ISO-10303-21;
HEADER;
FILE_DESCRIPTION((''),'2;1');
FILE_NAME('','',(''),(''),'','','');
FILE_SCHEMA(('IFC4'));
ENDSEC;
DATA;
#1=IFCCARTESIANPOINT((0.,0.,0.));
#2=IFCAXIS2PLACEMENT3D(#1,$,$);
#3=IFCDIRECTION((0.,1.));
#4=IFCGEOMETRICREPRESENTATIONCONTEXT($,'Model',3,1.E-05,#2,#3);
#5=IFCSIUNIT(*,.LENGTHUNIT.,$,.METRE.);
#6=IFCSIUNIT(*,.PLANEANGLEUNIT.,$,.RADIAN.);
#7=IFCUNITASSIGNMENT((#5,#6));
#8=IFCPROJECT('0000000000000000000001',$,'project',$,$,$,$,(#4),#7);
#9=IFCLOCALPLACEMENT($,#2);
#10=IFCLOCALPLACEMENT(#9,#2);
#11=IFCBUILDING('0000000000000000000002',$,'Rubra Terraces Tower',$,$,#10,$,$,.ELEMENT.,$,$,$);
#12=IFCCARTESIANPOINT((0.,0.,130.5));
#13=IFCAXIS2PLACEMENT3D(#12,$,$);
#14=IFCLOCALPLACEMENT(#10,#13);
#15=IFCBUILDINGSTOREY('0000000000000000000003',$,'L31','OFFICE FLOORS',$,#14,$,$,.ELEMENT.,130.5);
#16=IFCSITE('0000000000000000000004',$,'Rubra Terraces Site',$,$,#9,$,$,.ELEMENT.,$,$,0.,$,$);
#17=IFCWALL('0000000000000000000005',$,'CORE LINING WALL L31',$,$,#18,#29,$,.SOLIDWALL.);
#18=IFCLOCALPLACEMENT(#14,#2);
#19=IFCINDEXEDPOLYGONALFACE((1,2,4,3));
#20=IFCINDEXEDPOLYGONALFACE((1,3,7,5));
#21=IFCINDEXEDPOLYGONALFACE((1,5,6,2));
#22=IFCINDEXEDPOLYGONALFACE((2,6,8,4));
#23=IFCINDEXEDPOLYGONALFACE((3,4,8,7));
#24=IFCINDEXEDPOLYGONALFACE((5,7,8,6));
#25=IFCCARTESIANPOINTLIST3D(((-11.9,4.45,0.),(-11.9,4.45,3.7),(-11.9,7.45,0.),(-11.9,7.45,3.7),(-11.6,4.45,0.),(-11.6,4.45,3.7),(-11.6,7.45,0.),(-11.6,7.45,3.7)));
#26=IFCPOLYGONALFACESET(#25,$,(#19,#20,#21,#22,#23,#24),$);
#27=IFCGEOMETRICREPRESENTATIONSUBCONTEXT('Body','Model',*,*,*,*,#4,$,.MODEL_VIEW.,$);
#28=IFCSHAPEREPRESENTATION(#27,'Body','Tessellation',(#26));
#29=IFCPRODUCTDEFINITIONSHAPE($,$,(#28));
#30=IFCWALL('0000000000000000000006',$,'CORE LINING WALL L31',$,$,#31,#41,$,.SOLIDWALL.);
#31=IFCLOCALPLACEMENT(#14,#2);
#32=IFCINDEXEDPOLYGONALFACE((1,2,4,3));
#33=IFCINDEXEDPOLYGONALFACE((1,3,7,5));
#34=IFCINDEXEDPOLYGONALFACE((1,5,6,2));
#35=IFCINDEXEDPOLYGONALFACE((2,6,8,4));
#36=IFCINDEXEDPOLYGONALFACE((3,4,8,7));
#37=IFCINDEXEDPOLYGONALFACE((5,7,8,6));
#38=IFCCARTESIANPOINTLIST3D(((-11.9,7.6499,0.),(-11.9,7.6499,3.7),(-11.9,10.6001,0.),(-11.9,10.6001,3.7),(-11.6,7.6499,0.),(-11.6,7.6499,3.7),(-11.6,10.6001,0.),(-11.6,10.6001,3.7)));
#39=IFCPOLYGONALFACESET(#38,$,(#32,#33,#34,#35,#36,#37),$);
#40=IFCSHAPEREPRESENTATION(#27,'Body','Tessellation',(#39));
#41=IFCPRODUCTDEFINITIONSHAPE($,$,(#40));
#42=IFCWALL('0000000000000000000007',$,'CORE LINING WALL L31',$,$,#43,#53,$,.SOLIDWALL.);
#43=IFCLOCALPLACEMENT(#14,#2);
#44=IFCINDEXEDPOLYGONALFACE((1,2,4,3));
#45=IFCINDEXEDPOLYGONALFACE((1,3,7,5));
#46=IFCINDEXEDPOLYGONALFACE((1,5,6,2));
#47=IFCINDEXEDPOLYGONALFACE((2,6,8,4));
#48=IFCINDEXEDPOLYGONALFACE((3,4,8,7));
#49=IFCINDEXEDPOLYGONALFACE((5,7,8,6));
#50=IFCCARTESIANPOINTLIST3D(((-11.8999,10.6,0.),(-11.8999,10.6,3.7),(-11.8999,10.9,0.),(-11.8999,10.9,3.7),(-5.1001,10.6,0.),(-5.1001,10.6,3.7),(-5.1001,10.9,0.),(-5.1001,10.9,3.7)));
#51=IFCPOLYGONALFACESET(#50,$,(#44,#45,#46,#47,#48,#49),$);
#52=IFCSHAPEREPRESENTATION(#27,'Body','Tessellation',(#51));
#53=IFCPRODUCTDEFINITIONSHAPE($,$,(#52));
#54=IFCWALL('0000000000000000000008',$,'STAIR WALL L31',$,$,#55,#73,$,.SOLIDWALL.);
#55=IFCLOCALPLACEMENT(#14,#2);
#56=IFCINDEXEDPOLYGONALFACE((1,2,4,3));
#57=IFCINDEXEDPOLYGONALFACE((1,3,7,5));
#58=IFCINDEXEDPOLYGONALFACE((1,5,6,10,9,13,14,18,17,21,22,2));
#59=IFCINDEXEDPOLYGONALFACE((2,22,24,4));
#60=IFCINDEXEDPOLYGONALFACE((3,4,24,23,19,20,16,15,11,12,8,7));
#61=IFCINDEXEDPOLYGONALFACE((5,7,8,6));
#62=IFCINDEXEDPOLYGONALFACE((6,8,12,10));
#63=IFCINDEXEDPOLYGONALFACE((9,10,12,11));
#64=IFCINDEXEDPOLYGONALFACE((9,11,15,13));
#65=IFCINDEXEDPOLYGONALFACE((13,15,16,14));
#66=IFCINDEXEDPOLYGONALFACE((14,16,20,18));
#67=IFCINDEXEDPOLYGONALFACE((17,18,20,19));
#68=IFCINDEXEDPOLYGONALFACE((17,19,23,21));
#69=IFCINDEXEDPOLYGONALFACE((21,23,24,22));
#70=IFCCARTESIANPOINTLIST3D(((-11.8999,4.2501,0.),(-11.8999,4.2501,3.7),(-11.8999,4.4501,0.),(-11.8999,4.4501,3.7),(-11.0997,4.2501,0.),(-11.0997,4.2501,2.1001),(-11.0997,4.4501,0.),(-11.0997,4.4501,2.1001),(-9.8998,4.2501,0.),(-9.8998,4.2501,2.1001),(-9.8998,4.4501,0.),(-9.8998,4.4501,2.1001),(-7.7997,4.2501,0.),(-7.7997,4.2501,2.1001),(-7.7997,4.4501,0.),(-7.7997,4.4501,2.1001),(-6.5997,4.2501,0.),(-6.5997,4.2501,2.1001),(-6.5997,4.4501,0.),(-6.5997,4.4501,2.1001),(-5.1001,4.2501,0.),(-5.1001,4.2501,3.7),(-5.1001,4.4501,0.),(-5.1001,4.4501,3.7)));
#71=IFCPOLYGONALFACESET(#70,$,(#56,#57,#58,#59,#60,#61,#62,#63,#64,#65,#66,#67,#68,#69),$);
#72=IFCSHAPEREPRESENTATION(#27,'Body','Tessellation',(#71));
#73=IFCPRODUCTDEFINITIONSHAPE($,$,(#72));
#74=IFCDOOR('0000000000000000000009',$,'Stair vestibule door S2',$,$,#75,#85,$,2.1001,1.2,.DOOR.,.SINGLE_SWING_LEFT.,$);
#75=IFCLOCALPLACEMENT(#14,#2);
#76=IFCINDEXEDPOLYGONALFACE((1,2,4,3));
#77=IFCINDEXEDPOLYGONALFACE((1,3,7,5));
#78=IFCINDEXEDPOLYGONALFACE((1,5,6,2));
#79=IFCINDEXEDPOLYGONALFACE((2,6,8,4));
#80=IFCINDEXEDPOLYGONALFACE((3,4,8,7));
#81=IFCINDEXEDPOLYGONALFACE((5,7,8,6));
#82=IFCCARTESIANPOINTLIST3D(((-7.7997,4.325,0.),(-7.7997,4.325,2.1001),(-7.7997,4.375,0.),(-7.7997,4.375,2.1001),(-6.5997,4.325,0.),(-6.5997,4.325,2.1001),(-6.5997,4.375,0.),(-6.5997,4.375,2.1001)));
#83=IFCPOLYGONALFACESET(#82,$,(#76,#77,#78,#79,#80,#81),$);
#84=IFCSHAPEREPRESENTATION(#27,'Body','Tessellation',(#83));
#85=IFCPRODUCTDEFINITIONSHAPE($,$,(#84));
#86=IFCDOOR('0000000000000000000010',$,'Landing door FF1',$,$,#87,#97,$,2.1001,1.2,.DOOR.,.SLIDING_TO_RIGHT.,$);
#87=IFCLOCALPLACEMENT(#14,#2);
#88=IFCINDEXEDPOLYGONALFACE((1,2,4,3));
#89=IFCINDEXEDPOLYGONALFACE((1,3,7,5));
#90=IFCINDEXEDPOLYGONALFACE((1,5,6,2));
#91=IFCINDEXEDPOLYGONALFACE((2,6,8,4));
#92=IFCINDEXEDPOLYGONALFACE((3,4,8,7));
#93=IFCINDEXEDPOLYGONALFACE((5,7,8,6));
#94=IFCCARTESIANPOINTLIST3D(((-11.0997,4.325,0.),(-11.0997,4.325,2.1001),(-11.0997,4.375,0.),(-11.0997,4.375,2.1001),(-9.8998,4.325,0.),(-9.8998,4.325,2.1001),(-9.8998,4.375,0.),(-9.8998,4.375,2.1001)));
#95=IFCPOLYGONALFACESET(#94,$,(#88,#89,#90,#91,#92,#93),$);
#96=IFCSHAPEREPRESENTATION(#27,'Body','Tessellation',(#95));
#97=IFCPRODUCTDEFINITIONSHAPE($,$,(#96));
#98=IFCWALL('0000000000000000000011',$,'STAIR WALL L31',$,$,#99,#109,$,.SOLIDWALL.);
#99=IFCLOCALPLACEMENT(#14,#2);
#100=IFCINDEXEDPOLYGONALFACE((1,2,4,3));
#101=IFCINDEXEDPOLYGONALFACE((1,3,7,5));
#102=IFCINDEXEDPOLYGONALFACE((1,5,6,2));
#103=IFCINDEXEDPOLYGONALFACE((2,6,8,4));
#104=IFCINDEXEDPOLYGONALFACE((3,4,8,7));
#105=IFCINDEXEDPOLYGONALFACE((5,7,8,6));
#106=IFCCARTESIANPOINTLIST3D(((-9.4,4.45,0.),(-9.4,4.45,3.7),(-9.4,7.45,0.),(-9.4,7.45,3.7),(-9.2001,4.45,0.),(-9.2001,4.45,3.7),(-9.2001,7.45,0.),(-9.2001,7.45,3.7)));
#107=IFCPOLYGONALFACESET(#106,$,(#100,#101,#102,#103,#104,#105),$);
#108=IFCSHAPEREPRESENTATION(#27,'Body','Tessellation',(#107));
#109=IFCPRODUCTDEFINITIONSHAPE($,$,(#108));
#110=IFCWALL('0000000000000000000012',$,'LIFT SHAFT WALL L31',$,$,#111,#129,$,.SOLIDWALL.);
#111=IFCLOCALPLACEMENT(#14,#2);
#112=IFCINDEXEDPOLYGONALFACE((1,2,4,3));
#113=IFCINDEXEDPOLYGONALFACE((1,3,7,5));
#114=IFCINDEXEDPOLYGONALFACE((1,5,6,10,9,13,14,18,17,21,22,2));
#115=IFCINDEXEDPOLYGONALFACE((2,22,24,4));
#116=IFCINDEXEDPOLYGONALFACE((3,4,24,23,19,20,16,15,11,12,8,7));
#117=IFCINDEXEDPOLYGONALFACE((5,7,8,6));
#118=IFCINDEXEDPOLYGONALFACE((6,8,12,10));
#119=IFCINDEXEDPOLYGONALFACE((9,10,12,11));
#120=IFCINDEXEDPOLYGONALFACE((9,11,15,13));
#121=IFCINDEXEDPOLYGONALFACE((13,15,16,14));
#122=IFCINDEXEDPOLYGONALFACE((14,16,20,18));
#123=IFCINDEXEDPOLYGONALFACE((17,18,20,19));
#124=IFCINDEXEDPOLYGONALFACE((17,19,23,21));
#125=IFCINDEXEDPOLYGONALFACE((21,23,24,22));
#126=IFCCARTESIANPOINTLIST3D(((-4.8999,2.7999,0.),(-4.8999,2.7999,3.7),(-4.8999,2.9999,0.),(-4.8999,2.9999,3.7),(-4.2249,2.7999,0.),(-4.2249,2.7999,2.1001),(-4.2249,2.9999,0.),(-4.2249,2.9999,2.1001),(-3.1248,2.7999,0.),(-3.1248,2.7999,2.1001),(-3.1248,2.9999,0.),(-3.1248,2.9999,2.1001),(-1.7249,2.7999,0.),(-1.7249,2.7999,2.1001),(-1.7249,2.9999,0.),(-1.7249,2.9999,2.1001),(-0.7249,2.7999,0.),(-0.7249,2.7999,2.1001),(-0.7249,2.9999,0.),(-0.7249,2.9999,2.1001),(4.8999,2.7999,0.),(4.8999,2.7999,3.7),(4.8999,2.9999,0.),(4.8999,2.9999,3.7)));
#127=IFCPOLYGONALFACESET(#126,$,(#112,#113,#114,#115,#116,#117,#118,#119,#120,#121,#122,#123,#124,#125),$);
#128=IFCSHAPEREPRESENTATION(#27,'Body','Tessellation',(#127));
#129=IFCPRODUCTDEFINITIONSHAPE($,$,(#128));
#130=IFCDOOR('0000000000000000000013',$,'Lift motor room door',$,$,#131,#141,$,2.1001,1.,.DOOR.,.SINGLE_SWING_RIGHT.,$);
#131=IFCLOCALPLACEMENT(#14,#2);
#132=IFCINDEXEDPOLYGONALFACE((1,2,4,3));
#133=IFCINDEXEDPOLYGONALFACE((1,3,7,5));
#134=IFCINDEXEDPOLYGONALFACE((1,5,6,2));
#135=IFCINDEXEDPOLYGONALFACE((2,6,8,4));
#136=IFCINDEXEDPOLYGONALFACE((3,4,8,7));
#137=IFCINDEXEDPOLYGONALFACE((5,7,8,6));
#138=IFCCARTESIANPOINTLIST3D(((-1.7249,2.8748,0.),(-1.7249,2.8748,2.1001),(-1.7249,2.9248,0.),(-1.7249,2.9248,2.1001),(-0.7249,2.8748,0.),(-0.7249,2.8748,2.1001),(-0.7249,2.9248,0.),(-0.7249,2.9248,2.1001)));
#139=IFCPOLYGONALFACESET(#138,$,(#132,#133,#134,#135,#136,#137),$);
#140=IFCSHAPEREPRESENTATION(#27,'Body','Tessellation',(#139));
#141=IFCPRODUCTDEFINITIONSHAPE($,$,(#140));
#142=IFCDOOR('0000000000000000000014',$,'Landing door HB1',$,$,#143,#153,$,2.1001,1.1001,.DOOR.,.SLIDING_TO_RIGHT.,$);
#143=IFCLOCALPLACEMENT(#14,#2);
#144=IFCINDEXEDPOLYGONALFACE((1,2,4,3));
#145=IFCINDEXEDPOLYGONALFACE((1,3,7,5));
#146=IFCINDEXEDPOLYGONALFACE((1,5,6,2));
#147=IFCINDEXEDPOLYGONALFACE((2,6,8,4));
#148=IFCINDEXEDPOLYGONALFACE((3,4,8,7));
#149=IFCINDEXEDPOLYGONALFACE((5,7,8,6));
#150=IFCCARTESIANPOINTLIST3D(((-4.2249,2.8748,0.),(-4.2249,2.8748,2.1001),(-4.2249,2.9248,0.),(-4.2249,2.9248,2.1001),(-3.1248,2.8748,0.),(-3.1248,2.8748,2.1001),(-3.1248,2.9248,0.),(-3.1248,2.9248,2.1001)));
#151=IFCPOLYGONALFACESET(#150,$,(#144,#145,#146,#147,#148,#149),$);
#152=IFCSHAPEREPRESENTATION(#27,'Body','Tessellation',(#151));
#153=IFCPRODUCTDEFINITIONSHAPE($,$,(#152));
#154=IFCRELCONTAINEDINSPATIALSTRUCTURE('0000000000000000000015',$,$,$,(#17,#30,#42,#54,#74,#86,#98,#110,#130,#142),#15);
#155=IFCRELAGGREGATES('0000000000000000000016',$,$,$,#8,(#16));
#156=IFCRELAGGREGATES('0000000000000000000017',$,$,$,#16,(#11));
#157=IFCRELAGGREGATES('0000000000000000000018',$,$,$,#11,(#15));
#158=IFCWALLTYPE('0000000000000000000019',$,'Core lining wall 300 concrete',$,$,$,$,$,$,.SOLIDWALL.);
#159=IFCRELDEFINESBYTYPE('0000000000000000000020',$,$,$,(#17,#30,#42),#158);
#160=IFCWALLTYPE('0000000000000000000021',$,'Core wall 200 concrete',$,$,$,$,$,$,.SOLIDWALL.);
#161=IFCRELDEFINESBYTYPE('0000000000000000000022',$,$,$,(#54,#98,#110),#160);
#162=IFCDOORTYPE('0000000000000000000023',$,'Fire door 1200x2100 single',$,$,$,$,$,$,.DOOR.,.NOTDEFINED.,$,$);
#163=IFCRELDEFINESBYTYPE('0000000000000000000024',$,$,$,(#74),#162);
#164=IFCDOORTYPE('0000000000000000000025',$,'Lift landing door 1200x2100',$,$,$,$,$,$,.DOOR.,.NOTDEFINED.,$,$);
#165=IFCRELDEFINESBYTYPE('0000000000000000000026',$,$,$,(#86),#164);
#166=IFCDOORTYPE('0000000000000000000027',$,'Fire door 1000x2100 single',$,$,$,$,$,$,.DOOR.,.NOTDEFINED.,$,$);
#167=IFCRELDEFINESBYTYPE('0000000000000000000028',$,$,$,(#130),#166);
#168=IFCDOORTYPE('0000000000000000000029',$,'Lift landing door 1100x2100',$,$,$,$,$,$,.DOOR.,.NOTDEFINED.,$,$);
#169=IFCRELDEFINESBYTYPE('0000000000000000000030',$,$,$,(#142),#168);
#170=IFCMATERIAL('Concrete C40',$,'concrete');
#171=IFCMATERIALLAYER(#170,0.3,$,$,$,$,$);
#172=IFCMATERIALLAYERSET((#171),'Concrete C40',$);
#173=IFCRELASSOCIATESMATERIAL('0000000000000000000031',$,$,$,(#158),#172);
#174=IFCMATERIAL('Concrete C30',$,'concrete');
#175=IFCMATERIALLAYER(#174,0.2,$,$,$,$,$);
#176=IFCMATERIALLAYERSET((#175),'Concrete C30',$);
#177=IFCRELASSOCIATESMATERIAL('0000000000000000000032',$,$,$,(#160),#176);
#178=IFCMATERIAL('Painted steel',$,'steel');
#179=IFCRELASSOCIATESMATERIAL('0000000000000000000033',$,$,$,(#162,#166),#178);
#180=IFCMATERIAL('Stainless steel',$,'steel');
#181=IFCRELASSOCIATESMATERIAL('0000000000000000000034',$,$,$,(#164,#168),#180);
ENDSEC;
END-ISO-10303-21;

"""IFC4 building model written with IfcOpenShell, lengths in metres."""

from ifc_helpers import new_model, si_unit, direction, frame, frame_2d, origin, place, context, subcontext, project, spatial, rectangle, extrude, material, layer, layer_set, type_object, element, fill, save


model = new_model("IFC4")

# Units and contexts
model_context = context("Model", 3, precision=1e-05, world=origin(), true_north=direction((0.0, 1.0)))
body_context = subcontext(model_context, "Body", "Model", "MODEL_VIEW")
ifc_project = project(units=[si_unit("LENGTHUNIT", "METRE"), si_unit("PLANEANGLEUNIT", "RADIAN")], contexts=[model_context])

# Site, building, storey
site_placement = place(None, origin())
site = spatial("IfcSite", under=ifc_project, at=site_placement, Name="Rubra Terraces Site", CompositionType="ELEMENT", RefElevation=0.0)
building_placement = place(site_placement, origin())
building = spatial("IfcBuilding", under=site, at=building_placement, Name="Rubra Terraces Tower", CompositionType="ELEMENT")
storey_placement = place(building_placement, frame((0.0, 0.0, 130.5)))
storey = spatial("IfcBuildingStorey", under=building, at=storey_placement, Name="L31", Description="OFFICE FLOORS", CompositionType="ELEMENT", Elevation=130.5)

# Walls
ifc_material_1 = material(Name="Concrete C40", Category="concrete")
ifc_layer_1 = layer(ifc_material_1, 0.3)
ifc_layer_set_1 = layer_set([ifc_layer_1], Name="Concrete C40")
wall_type_1 = type_object("IfcWallType", Name="Core lining wall 300 concrete", PredefinedType="SOLIDWALL", material=ifc_layer_set_1)
wall_1_placement = place(storey_placement, frame((-11.75, 4.45, 0.0), z_axis=(0.0, 0.0, 1.0), x_axis=(0.0, 1.0, 0.0)))
element("IfcWall", 1, at=wall_1_placement, inside=storey, type_object=wall_type_1, Name="CORE LINING WALL L31", PredefinedType="SOLIDWALL", context=body_context, shape_type="SweptSolid", body=[
    extrude(rectangle(XDim=3.0, YDim=0.3, at=frame_2d((1.5, 0.0))), origin(), (0.0, 0.0, 1.0), 3.7),
])
wall_2_placement = place(storey_placement, frame((-11.75, 7.6499, 0.0), z_axis=(0.0, 0.0, 1.0), x_axis=(0.0, 1.0, 0.0)))
element("IfcWall", 2, at=wall_2_placement, inside=storey, type_object=wall_type_1, Name="CORE LINING WALL L31", PredefinedType="SOLIDWALL", context=body_context, shape_type="SweptSolid", body=[
    extrude(rectangle(XDim=2.9502, YDim=0.3, at=frame_2d((1.4751, 0.0))), origin(), (0.0, 0.0, 1.0), 3.7),
])
wall_3_placement = place(storey_placement, frame((-11.8999, 10.75, 0.0), z_axis=(0.0, 0.0, 1.0), x_axis=(1.0, 0.0, 0.0)))
element("IfcWall", 3, at=wall_3_placement, inside=storey, type_object=wall_type_1, Name="CORE LINING WALL L31", PredefinedType="SOLIDWALL", context=body_context, shape_type="SweptSolid", body=[
    extrude(rectangle(XDim=6.7998, YDim=0.3, at=frame_2d((3.3999, 0.0))), origin(), (0.0, 0.0, 1.0), 3.7),
])

# Wall, openings, doors
ifc_material_2 = material(Name="Concrete C30", Category="concrete")
ifc_layer_2 = layer(ifc_material_2, 0.2)
ifc_layer_set_2 = layer_set([ifc_layer_2], Name="Concrete C30")
wall_type_2 = type_object("IfcWallType", Name="Core wall 200 concrete", PredefinedType="SOLIDWALL", material=ifc_layer_set_2)
wall_4_placement = place(storey_placement, frame((-11.8999, 4.3501, 0.0), z_axis=(0.0, 0.0, 1.0), x_axis=(1.0, 0.0, 0.0)))
wall_4 = element("IfcWall", 4, at=wall_4_placement, inside=storey, type_object=wall_type_2, Name="STAIR WALL L31", PredefinedType="SOLIDWALL", context=body_context, shape_type="SweptSolid", body=[
    extrude(rectangle(XDim=6.7998, YDim=0.2, at=frame_2d((3.3999, 0.0))), origin(), (0.0, 0.0, 1.0), 3.7),
])
opening_1_placement = place(wall_4_placement, frame((4.1001, 0.0, 0.0)))
opening_1 = element("IfcOpeningElement", 5, at=opening_1_placement, cuts=wall_4, PredefinedType="OPENING", context=body_context, shape_type="SweptSolid", body=[
    extrude(rectangle(XDim=1.2, YDim=2.1001, at=frame_2d((0.6001, 1.05))), frame((0.0, 0.1099, 0.0), z_axis=(0.0, -1.0, 0.0), x_axis=(1.0, 0.0, 0.0)), (0.0, 0.0, 1.0), 0.22),
])
opening_2_placement = place(wall_4_placement, frame((0.8, 0.0, 0.0)))
opening_2 = element("IfcOpeningElement", 6, at=opening_2_placement, cuts=wall_4, PredefinedType="OPENING", context=body_context, shape_type="SweptSolid", body=[
    extrude(rectangle(XDim=1.2, YDim=2.1001, at=frame_2d((0.6001, 1.05))), frame((0.0, 0.1099, 0.0), z_axis=(0.0, -1.0, 0.0), x_axis=(1.0, 0.0, 0.0)), (0.0, 0.0, 1.0), 0.22),
])
ifc_material_3 = material(Name="Painted steel", Category="steel")
door_type_1 = type_object("IfcDoorType", Name="Fire door 1200x2100 single", OperationType="NOTDEFINED", PredefinedType="DOOR", material=ifc_material_3)
door_1_placement = place(opening_1_placement, origin())
door_1 = element("IfcDoor", 7, at=door_1_placement, inside=storey, type_object=door_type_1, Name="Stair vestibule door S2", OperationType="SINGLE_SWING_LEFT", OverallHeight=2.1001, OverallWidth=1.2, PredefinedType="DOOR", context=body_context, shape_type="SweptSolid", body=[
    extrude(rectangle(XDim=1.2, YDim=2.1001, at=frame_2d((0.6001, 1.05))), frame((0.0, 0.0249, 0.0), z_axis=(0.0, -1.0, 0.0), x_axis=(1.0, 0.0, 0.0)), (0.0, 0.0, 1.0), 0.05),
])
fill(opening_1, door_1)
ifc_material_4 = material(Name="Stainless steel", Category="steel")
door_type_2 = type_object("IfcDoorType", Name="Lift landing door 1200x2100", OperationType="NOTDEFINED", PredefinedType="DOOR", material=ifc_material_4)
door_2_placement = place(opening_2_placement, origin())
door_2 = element("IfcDoor", 8, at=door_2_placement, inside=storey, type_object=door_type_2, Name="Landing door FF1", OperationType="SLIDING_TO_RIGHT", OverallHeight=2.1001, OverallWidth=1.2, PredefinedType="DOOR", context=body_context, shape_type="SweptSolid", body=[
    extrude(rectangle(XDim=1.2, YDim=2.1001, at=frame_2d((0.6001, 1.05))), frame((0.0, 0.0249, 0.0), z_axis=(0.0, -1.0, 0.0), x_axis=(1.0, 0.0, 0.0)), (0.0, 0.0, 1.0), 0.05),
])
fill(opening_2, door_2)

# Wall
wall_5_placement = place(storey_placement, frame((-9.3, 4.45, 0.0), z_axis=(0.0, 0.0, 1.0), x_axis=(0.0, 1.0, 0.0)))
element("IfcWall", 9, at=wall_5_placement, inside=storey, type_object=wall_type_2, Name="STAIR WALL L31", PredefinedType="SOLIDWALL", context=body_context, shape_type="SweptSolid", body=[
    extrude(rectangle(XDim=3.0, YDim=0.2, at=frame_2d((1.5, 0.0))), origin(), (0.0, 0.0, 1.0), 3.7),
])

# Wall, openings, doors
wall_6_placement = place(storey_placement, frame((-4.8999, 2.8999, 0.0), z_axis=(0.0, 0.0, 1.0), x_axis=(1.0, 0.0, 0.0)))
wall_6 = element("IfcWall", 10, at=wall_6_placement, inside=storey, type_object=wall_type_2, Name="LIFT SHAFT WALL L31", PredefinedType="SOLIDWALL", context=body_context, shape_type="SweptSolid", body=[
    extrude(rectangle(XDim=9.7998, YDim=0.2, at=frame_2d((4.8999, 0.0))), origin(), (0.0, 0.0, 1.0), 3.7),
])
opening_3_placement = place(wall_6_placement, frame((0.675, 0.0, 0.0)))
opening_3 = element("IfcOpeningElement", 11, at=opening_3_placement, cuts=wall_6, PredefinedType="OPENING", context=body_context, shape_type="SweptSolid", body=[
    extrude(rectangle(XDim=1.1001, YDim=2.1001, at=frame_2d((0.55, 1.05))), frame((0.0, 0.1099, 0.0), z_axis=(0.0, -1.0, 0.0), x_axis=(1.0, 0.0, 0.0)), (0.0, 0.0, 1.0), 0.22),
])
opening_4_placement = place(wall_6_placement, frame((3.175, 0.0, 0.0)))
opening_4 = element("IfcOpeningElement", 12, at=opening_4_placement, cuts=wall_6, PredefinedType="OPENING", context=body_context, shape_type="SweptSolid", body=[
    extrude(rectangle(XDim=1.0, YDim=2.1001, at=frame_2d((0.5, 1.05))), frame((0.0, 0.1099, 0.0), z_axis=(0.0, -1.0, 0.0), x_axis=(1.0, 0.0, 0.0)), (0.0, 0.0, 1.0), 0.22),
])
door_type_3 = type_object("IfcDoorType", Name="Fire door 1000x2100 single", OperationType="NOTDEFINED", PredefinedType="DOOR", material=ifc_material_3)
door_3_placement = place(opening_4_placement, origin())
door_3 = element("IfcDoor", 13, at=door_3_placement, inside=storey, type_object=door_type_3, Name="Lift motor room door", OperationType="SINGLE_SWING_RIGHT", OverallHeight=2.1001, OverallWidth=1.0, PredefinedType="DOOR", context=body_context, shape_type="SweptSolid", body=[
    extrude(rectangle(XDim=1.0, YDim=2.1001, at=frame_2d((0.5, 1.05))), frame((0.0, 0.0249, 0.0), z_axis=(0.0, -1.0, 0.0), x_axis=(1.0, 0.0, 0.0)), (0.0, 0.0, 1.0), 0.05),
])
fill(opening_4, door_3)
door_type_4 = type_object("IfcDoorType", Name="Lift landing door 1100x2100", OperationType="NOTDEFINED", PredefinedType="DOOR", material=ifc_material_4)
door_4_placement = place(opening_3_placement, origin())
door_4 = element("IfcDoor", 14, at=door_4_placement, inside=storey, type_object=door_type_4, Name="Landing door HB1", OperationType="SLIDING_TO_RIGHT", OverallHeight=2.1001, OverallWidth=1.1001, PredefinedType="DOOR", context=body_context, shape_type="SweptSolid", body=[
    extrude(rectangle(XDim=1.1001, YDim=2.1001, at=frame_2d((0.55, 1.05))), frame((0.0, 0.0249, 0.0), z_axis=(0.0, -1.0, 0.0), x_axis=(1.0, 0.0, 0.0)), (0.0, 0.0, 1.0), 0.05),
])
fill(opening_3, door_4)

save(model, "model.ifc")
